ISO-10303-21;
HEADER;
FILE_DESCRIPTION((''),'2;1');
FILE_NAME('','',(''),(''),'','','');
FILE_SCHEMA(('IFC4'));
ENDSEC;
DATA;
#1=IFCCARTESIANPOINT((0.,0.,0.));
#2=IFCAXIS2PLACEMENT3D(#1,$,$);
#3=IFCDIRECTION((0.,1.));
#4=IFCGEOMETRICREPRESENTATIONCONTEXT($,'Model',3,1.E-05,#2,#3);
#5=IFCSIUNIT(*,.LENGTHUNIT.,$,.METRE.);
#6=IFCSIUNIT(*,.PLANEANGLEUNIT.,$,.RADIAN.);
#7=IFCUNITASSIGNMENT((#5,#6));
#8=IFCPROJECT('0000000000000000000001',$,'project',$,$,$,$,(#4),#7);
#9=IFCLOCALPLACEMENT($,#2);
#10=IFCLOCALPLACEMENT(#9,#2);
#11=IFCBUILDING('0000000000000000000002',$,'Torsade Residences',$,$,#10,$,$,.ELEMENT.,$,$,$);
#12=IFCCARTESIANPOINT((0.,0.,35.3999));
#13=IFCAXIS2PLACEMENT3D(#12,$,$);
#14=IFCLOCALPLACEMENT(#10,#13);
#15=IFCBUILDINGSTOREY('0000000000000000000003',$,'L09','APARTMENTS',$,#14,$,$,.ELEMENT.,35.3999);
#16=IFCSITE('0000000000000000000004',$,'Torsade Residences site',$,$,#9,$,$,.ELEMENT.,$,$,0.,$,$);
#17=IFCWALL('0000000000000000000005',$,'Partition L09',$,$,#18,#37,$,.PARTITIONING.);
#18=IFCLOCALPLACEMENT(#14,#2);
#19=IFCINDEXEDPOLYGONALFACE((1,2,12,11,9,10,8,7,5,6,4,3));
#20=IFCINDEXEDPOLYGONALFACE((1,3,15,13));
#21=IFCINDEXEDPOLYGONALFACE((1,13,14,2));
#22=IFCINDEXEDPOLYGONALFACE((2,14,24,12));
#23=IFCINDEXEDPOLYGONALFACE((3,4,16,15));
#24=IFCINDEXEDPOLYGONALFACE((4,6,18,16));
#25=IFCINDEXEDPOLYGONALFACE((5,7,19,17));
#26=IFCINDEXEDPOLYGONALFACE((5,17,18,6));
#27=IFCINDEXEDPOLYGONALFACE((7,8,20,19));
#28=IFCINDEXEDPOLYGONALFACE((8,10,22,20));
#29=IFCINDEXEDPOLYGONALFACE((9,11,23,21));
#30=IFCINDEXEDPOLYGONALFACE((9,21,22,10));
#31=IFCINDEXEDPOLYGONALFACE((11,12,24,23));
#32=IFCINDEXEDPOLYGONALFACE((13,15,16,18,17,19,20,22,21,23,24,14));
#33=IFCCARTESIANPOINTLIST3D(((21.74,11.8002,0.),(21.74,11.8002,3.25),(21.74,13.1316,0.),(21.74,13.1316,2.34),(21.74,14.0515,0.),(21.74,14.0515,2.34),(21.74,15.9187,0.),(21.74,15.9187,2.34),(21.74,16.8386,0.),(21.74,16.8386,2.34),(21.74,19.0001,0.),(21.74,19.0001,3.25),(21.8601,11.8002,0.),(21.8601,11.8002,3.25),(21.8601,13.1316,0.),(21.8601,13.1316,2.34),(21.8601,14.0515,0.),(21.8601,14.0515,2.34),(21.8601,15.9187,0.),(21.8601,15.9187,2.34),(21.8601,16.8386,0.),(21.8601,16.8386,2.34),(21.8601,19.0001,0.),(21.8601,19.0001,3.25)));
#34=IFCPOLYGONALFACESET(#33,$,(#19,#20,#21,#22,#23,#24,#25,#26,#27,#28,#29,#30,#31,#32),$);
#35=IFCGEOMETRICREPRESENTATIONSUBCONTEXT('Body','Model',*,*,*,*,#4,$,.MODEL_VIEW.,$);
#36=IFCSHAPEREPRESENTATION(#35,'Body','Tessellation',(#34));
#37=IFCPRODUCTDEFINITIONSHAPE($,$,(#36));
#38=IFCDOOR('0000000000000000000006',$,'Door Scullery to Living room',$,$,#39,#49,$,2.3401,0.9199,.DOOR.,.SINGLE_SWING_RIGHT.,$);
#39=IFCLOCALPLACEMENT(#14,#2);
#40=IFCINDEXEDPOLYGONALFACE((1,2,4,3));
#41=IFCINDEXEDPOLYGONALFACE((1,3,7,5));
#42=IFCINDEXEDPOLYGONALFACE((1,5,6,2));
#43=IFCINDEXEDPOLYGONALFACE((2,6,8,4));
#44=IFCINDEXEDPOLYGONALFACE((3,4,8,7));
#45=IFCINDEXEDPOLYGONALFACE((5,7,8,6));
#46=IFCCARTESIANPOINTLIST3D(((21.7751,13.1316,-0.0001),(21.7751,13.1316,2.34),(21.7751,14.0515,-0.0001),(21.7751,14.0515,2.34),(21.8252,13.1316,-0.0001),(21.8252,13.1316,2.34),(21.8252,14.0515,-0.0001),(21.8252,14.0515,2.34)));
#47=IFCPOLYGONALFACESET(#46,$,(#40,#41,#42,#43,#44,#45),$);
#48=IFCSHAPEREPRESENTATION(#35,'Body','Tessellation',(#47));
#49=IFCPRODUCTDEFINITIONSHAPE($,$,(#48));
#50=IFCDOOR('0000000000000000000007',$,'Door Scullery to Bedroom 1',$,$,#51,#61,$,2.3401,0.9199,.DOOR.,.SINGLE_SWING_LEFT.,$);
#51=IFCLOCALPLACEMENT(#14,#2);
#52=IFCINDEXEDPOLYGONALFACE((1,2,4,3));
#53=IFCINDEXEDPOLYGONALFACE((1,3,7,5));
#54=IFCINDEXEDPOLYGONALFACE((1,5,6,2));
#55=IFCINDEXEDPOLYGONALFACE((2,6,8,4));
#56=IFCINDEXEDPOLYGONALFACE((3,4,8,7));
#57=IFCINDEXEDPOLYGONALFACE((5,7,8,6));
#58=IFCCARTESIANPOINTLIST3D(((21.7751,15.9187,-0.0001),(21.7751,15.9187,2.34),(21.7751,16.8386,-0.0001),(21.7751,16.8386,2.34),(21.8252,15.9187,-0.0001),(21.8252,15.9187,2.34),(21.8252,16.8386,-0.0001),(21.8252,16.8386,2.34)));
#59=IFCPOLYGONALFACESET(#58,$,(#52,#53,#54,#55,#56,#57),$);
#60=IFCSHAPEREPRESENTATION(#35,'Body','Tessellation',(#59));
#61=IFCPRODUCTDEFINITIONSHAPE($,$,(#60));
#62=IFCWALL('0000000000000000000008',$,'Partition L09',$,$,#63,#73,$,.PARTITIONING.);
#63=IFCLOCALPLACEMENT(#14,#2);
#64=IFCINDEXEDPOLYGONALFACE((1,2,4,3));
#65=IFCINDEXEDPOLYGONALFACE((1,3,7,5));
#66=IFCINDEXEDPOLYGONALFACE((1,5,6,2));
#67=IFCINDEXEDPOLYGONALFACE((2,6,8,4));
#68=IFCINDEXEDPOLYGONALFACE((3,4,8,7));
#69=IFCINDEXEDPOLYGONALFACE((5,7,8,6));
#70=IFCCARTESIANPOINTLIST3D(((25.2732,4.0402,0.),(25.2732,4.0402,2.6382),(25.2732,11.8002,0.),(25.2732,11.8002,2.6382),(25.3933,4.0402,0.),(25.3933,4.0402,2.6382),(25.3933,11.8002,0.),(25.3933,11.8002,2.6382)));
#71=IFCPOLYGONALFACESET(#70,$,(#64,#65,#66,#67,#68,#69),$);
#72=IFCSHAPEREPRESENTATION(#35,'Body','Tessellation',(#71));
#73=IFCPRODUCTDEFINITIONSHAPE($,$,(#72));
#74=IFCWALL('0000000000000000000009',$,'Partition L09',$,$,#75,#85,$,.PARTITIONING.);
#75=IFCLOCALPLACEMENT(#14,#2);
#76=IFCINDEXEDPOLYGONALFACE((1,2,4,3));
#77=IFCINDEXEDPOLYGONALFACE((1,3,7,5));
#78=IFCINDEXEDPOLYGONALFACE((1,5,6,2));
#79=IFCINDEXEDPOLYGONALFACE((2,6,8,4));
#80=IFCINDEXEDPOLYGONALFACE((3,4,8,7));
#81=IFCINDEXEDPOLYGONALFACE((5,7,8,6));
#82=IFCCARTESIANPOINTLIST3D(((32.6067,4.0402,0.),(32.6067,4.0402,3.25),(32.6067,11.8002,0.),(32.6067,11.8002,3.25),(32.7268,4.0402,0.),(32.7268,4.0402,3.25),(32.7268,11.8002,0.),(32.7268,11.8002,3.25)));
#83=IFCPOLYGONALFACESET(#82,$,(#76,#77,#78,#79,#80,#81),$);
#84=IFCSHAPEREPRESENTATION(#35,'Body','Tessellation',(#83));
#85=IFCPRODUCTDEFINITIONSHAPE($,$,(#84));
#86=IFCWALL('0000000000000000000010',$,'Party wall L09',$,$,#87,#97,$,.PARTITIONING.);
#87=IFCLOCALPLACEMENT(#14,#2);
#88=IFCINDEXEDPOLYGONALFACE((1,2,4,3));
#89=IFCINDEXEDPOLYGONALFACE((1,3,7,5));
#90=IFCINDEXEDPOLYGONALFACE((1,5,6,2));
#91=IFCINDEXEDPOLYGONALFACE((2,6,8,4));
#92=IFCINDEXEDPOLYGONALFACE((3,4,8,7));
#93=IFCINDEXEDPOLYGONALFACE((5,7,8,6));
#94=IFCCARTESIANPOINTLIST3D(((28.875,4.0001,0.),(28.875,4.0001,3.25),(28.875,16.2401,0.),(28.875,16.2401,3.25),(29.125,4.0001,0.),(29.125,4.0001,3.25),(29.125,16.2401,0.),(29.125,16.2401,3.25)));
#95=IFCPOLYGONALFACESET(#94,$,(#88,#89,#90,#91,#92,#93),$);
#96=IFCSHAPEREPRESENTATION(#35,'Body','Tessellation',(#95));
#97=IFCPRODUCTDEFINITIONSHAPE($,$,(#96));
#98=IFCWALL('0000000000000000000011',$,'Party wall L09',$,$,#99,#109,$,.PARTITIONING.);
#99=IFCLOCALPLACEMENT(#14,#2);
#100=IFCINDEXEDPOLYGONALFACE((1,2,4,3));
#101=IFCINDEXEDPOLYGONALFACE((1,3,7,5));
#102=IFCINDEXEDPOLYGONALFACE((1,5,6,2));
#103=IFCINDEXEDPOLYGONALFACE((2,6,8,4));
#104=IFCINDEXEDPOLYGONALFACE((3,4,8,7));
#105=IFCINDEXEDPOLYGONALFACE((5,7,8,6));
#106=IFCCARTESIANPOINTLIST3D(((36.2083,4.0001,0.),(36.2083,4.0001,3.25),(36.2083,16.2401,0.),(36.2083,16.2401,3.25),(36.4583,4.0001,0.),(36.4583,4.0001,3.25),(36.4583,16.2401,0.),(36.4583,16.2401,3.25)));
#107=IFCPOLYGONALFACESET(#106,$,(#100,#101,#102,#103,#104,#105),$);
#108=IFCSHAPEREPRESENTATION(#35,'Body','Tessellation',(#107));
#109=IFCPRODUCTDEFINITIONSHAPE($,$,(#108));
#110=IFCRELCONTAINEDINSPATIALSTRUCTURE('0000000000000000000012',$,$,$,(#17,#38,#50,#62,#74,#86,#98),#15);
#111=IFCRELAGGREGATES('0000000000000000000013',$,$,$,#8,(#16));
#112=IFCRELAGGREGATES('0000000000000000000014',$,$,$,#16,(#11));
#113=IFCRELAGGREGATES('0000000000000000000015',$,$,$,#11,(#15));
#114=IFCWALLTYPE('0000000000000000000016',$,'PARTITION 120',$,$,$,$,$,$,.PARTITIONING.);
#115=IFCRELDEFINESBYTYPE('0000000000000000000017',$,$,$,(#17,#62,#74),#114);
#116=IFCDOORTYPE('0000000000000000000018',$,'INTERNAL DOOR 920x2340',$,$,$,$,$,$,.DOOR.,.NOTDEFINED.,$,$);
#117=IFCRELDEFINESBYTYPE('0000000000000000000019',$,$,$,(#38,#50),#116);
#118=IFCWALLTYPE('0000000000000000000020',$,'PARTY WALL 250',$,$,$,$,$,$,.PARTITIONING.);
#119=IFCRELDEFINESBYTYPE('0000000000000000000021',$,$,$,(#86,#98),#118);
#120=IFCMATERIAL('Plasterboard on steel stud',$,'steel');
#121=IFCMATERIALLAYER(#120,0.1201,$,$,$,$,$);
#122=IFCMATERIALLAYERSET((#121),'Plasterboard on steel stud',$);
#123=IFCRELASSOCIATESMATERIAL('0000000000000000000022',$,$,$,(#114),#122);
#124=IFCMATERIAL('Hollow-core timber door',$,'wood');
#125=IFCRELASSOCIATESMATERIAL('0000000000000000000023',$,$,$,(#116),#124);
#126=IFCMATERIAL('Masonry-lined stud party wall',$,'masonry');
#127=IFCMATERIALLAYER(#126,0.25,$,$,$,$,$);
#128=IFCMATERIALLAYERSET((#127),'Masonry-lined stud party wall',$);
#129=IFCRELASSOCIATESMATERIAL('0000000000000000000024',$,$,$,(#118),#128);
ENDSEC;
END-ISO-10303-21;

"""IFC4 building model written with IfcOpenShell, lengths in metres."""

from ifc_helpers import new_model, si_unit, direction, frame, frame_2d, origin, place, context, subcontext, project, spatial, rectangle, extrude, material, layer, layer_set, type_object, element, fill, save


model = new_model("IFC4")

# Units and contexts
model_context = context("Model", 3, precision=1e-05, world=origin(), true_north=direction((0.0, 1.0)))
body_context = subcontext(model_context, "Body", "Model", "MODEL_VIEW")
ifc_project = project(units=[si_unit("LENGTHUNIT", "METRE"), si_unit("PLANEANGLEUNIT", "RADIAN")], contexts=[model_context])

# Site, building, storey
site_placement = place(None, origin())
site = spatial("IfcSite", under=ifc_project, at=site_placement, Name="Torsade Residences site", CompositionType="ELEMENT", RefElevation=0.0)
building_placement = place(site_placement, origin())
building = spatial("IfcBuilding", under=site, at=building_placement, Name="Torsade Residences", CompositionType="ELEMENT")
storey_placement = place(building_placement, frame((0.0, 0.0, 35.3999)))
storey = spatial("IfcBuildingStorey", under=building, at=storey_placement, Name="L09", Description="APARTMENTS", CompositionType="ELEMENT", Elevation=35.3999)

# Shared definitions
ifc_material_1 = material(Name="Plasterboard on steel stud", Category="steel")
ifc_layer_1 = layer(ifc_material_1, 0.1201)
ifc_layer_set_1 = layer_set([ifc_layer_1], Name="Plasterboard on steel stud")
wall_type_1 = type_object("IfcWallType", Name="PARTITION 120", PredefinedType="PARTITIONING", material=ifc_layer_set_1)
ifc_material_2 = material(Name="Hollow-core timber door", Category="wood")
door_type = type_object("IfcDoorType", Name="INTERNAL DOOR 920x2340", OperationType="NOTDEFINED", PredefinedType="DOOR", material=ifc_material_2)

# Wall, openings, doors
wall_1_placement = place(storey_placement, frame((21.8, 11.8, 0.0), z_axis=(0.0, 0.0, 1.0), x_axis=(0.0, 1.0, 0.0)))
wall_1 = element("IfcWall", 1, at=wall_1_placement, inside=storey, type_object=wall_type_1, Name="Partition L09", PredefinedType="PARTITIONING", context=body_context, shape_type="SweptSolid", body=[
    extrude(rectangle(XDim=7.2, YDim=0.1201, at=frame_2d((3.6001, 0.0))), origin(), (0.0, 0.0, 1.0), 3.25),
])
opening_1_placement = place(wall_1_placement, frame((1.3315, 0.0, 0.0)))
opening_1 = element("IfcOpeningElement", 2, at=opening_1_placement, cuts=wall_1, PredefinedType="OPENING", context=body_context, shape_type="SweptSolid", body=[
    extrude(rectangle(XDim=0.9199, YDim=2.3401, at=frame_2d((0.46, 1.1699))), frame((0.0, 0.0701, 0.0), z_axis=(0.0, -1.0, 0.0), x_axis=(1.0, 0.0, 0.0)), (0.0, 0.0, 1.0), 0.1401),
])
opening_2_placement = place(wall_1_placement, frame((4.1187, 0.0, 0.0)))
opening_2 = element("IfcOpeningElement", 3, at=opening_2_placement, cuts=wall_1, PredefinedType="OPENING", context=body_context, shape_type="SweptSolid", body=[
    extrude(rectangle(XDim=0.9199, YDim=2.3401, at=frame_2d((0.46, 1.1699))), frame((0.0, 0.0701, 0.0), z_axis=(0.0, -1.0, 0.0), x_axis=(1.0, 0.0, 0.0)), (0.0, 0.0, 1.0), 0.1401),
])
door_1_placement = place(opening_1_placement, origin())
door_1 = element("IfcDoor", 4, at=door_1_placement, inside=storey, type_object=door_type, Name="Door Scullery to Living room", OperationType="SINGLE_SWING_RIGHT", OverallHeight=2.3401, OverallWidth=0.9199, PredefinedType="DOOR", context=body_context, shape_type="SweptSolid", body=[
    extrude(rectangle(XDim=0.9199, YDim=2.3401, at=frame_2d((0.46, 1.1699))), frame((0.0, 0.0249, 0.0), z_axis=(0.0, -1.0, 0.0), x_axis=(1.0, 0.0, 0.0)), (0.0, 0.0, 1.0), 0.05),
])
fill(opening_1, door_1)
door_2_placement = place(opening_2_placement, origin())
door_2 = element("IfcDoor", 5, at=door_2_placement, inside=storey, type_object=door_type, Name="Door Scullery to Bedroom 1", OperationType="SINGLE_SWING_LEFT", OverallHeight=2.3401, OverallWidth=0.9199, PredefinedType="DOOR", context=body_context, shape_type="SweptSolid", body=[
    extrude(rectangle(XDim=0.9199, YDim=2.3401, at=frame_2d((0.46, 1.1699))), frame((0.0, 0.0249, 0.0), z_axis=(0.0, -1.0, 0.0), x_axis=(1.0, 0.0, 0.0)), (0.0, 0.0, 1.0), 0.05),
])
fill(opening_2, door_2)

# Walls
wall_2_placement = place(storey_placement, frame((25.3333, 11.8, 0.0), z_axis=(0.0, 0.0, 1.0), x_axis=(0.0, -1.0, 0.0)))
element("IfcWall", 6, at=wall_2_placement, inside=storey, type_object=wall_type_1, Name="Partition L09", PredefinedType="PARTITIONING", context=body_context, shape_type="SweptSolid", body=[
    extrude(rectangle(XDim=7.76, YDim=0.1201, at=frame_2d((3.8799, 0.0))), origin(), (0.0, 0.0, 1.0), 2.6382),
])
wall_3_placement = place(storey_placement, frame((32.6667, 11.8, 0.0), z_axis=(0.0, 0.0, 1.0), x_axis=(0.0, -1.0, 0.0)))
element("IfcWall", 7, at=wall_3_placement, inside=storey, type_object=wall_type_1, Name="Partition L09", PredefinedType="PARTITIONING", context=body_context, shape_type="SweptSolid", body=[
    extrude(rectangle(XDim=7.76, YDim=0.1201, at=frame_2d((3.8799, 0.0))), origin(), (0.0, 0.0, 1.0), 3.25),
])
ifc_material_3 = material(Name="Masonry-lined stud party wall", Category="masonry")
ifc_layer_2 = layer(ifc_material_3, 0.25)
ifc_layer_set_2 = layer_set([ifc_layer_2], Name="Masonry-lined stud party wall")
wall_type_2 = type_object("IfcWallType", Name="PARTY WALL 250", PredefinedType="PARTITIONING", material=ifc_layer_set_2)
for number, where, z_axis, x_axis, name in (
    (8, (29.0, 4.0, 0.0), (0.0, 0.0, 1.0), (0.0, 1.0, 0.0), "Party wall L09"),
    (9, (36.3333, 4.0, 0.0), (0.0, 0.0, 1.0), (0.0, 1.0, 0.0), "Party wall L09"),
):
    element("IfcWall", number, at=place(storey_placement, frame(where, z_axis=z_axis, x_axis=x_axis)), inside=storey, type_object=wall_type_2, Name=name, PredefinedType="PARTITIONING", context=body_context, shape_type="SweptSolid", body=[
        extrude(rectangle(XDim=12.24, YDim=0.25, at=frame_2d((6.1201, 0.0))), origin(), (0.0, 0.0, 1.0), 3.25),
    ])

save(model, "model.ifc")
